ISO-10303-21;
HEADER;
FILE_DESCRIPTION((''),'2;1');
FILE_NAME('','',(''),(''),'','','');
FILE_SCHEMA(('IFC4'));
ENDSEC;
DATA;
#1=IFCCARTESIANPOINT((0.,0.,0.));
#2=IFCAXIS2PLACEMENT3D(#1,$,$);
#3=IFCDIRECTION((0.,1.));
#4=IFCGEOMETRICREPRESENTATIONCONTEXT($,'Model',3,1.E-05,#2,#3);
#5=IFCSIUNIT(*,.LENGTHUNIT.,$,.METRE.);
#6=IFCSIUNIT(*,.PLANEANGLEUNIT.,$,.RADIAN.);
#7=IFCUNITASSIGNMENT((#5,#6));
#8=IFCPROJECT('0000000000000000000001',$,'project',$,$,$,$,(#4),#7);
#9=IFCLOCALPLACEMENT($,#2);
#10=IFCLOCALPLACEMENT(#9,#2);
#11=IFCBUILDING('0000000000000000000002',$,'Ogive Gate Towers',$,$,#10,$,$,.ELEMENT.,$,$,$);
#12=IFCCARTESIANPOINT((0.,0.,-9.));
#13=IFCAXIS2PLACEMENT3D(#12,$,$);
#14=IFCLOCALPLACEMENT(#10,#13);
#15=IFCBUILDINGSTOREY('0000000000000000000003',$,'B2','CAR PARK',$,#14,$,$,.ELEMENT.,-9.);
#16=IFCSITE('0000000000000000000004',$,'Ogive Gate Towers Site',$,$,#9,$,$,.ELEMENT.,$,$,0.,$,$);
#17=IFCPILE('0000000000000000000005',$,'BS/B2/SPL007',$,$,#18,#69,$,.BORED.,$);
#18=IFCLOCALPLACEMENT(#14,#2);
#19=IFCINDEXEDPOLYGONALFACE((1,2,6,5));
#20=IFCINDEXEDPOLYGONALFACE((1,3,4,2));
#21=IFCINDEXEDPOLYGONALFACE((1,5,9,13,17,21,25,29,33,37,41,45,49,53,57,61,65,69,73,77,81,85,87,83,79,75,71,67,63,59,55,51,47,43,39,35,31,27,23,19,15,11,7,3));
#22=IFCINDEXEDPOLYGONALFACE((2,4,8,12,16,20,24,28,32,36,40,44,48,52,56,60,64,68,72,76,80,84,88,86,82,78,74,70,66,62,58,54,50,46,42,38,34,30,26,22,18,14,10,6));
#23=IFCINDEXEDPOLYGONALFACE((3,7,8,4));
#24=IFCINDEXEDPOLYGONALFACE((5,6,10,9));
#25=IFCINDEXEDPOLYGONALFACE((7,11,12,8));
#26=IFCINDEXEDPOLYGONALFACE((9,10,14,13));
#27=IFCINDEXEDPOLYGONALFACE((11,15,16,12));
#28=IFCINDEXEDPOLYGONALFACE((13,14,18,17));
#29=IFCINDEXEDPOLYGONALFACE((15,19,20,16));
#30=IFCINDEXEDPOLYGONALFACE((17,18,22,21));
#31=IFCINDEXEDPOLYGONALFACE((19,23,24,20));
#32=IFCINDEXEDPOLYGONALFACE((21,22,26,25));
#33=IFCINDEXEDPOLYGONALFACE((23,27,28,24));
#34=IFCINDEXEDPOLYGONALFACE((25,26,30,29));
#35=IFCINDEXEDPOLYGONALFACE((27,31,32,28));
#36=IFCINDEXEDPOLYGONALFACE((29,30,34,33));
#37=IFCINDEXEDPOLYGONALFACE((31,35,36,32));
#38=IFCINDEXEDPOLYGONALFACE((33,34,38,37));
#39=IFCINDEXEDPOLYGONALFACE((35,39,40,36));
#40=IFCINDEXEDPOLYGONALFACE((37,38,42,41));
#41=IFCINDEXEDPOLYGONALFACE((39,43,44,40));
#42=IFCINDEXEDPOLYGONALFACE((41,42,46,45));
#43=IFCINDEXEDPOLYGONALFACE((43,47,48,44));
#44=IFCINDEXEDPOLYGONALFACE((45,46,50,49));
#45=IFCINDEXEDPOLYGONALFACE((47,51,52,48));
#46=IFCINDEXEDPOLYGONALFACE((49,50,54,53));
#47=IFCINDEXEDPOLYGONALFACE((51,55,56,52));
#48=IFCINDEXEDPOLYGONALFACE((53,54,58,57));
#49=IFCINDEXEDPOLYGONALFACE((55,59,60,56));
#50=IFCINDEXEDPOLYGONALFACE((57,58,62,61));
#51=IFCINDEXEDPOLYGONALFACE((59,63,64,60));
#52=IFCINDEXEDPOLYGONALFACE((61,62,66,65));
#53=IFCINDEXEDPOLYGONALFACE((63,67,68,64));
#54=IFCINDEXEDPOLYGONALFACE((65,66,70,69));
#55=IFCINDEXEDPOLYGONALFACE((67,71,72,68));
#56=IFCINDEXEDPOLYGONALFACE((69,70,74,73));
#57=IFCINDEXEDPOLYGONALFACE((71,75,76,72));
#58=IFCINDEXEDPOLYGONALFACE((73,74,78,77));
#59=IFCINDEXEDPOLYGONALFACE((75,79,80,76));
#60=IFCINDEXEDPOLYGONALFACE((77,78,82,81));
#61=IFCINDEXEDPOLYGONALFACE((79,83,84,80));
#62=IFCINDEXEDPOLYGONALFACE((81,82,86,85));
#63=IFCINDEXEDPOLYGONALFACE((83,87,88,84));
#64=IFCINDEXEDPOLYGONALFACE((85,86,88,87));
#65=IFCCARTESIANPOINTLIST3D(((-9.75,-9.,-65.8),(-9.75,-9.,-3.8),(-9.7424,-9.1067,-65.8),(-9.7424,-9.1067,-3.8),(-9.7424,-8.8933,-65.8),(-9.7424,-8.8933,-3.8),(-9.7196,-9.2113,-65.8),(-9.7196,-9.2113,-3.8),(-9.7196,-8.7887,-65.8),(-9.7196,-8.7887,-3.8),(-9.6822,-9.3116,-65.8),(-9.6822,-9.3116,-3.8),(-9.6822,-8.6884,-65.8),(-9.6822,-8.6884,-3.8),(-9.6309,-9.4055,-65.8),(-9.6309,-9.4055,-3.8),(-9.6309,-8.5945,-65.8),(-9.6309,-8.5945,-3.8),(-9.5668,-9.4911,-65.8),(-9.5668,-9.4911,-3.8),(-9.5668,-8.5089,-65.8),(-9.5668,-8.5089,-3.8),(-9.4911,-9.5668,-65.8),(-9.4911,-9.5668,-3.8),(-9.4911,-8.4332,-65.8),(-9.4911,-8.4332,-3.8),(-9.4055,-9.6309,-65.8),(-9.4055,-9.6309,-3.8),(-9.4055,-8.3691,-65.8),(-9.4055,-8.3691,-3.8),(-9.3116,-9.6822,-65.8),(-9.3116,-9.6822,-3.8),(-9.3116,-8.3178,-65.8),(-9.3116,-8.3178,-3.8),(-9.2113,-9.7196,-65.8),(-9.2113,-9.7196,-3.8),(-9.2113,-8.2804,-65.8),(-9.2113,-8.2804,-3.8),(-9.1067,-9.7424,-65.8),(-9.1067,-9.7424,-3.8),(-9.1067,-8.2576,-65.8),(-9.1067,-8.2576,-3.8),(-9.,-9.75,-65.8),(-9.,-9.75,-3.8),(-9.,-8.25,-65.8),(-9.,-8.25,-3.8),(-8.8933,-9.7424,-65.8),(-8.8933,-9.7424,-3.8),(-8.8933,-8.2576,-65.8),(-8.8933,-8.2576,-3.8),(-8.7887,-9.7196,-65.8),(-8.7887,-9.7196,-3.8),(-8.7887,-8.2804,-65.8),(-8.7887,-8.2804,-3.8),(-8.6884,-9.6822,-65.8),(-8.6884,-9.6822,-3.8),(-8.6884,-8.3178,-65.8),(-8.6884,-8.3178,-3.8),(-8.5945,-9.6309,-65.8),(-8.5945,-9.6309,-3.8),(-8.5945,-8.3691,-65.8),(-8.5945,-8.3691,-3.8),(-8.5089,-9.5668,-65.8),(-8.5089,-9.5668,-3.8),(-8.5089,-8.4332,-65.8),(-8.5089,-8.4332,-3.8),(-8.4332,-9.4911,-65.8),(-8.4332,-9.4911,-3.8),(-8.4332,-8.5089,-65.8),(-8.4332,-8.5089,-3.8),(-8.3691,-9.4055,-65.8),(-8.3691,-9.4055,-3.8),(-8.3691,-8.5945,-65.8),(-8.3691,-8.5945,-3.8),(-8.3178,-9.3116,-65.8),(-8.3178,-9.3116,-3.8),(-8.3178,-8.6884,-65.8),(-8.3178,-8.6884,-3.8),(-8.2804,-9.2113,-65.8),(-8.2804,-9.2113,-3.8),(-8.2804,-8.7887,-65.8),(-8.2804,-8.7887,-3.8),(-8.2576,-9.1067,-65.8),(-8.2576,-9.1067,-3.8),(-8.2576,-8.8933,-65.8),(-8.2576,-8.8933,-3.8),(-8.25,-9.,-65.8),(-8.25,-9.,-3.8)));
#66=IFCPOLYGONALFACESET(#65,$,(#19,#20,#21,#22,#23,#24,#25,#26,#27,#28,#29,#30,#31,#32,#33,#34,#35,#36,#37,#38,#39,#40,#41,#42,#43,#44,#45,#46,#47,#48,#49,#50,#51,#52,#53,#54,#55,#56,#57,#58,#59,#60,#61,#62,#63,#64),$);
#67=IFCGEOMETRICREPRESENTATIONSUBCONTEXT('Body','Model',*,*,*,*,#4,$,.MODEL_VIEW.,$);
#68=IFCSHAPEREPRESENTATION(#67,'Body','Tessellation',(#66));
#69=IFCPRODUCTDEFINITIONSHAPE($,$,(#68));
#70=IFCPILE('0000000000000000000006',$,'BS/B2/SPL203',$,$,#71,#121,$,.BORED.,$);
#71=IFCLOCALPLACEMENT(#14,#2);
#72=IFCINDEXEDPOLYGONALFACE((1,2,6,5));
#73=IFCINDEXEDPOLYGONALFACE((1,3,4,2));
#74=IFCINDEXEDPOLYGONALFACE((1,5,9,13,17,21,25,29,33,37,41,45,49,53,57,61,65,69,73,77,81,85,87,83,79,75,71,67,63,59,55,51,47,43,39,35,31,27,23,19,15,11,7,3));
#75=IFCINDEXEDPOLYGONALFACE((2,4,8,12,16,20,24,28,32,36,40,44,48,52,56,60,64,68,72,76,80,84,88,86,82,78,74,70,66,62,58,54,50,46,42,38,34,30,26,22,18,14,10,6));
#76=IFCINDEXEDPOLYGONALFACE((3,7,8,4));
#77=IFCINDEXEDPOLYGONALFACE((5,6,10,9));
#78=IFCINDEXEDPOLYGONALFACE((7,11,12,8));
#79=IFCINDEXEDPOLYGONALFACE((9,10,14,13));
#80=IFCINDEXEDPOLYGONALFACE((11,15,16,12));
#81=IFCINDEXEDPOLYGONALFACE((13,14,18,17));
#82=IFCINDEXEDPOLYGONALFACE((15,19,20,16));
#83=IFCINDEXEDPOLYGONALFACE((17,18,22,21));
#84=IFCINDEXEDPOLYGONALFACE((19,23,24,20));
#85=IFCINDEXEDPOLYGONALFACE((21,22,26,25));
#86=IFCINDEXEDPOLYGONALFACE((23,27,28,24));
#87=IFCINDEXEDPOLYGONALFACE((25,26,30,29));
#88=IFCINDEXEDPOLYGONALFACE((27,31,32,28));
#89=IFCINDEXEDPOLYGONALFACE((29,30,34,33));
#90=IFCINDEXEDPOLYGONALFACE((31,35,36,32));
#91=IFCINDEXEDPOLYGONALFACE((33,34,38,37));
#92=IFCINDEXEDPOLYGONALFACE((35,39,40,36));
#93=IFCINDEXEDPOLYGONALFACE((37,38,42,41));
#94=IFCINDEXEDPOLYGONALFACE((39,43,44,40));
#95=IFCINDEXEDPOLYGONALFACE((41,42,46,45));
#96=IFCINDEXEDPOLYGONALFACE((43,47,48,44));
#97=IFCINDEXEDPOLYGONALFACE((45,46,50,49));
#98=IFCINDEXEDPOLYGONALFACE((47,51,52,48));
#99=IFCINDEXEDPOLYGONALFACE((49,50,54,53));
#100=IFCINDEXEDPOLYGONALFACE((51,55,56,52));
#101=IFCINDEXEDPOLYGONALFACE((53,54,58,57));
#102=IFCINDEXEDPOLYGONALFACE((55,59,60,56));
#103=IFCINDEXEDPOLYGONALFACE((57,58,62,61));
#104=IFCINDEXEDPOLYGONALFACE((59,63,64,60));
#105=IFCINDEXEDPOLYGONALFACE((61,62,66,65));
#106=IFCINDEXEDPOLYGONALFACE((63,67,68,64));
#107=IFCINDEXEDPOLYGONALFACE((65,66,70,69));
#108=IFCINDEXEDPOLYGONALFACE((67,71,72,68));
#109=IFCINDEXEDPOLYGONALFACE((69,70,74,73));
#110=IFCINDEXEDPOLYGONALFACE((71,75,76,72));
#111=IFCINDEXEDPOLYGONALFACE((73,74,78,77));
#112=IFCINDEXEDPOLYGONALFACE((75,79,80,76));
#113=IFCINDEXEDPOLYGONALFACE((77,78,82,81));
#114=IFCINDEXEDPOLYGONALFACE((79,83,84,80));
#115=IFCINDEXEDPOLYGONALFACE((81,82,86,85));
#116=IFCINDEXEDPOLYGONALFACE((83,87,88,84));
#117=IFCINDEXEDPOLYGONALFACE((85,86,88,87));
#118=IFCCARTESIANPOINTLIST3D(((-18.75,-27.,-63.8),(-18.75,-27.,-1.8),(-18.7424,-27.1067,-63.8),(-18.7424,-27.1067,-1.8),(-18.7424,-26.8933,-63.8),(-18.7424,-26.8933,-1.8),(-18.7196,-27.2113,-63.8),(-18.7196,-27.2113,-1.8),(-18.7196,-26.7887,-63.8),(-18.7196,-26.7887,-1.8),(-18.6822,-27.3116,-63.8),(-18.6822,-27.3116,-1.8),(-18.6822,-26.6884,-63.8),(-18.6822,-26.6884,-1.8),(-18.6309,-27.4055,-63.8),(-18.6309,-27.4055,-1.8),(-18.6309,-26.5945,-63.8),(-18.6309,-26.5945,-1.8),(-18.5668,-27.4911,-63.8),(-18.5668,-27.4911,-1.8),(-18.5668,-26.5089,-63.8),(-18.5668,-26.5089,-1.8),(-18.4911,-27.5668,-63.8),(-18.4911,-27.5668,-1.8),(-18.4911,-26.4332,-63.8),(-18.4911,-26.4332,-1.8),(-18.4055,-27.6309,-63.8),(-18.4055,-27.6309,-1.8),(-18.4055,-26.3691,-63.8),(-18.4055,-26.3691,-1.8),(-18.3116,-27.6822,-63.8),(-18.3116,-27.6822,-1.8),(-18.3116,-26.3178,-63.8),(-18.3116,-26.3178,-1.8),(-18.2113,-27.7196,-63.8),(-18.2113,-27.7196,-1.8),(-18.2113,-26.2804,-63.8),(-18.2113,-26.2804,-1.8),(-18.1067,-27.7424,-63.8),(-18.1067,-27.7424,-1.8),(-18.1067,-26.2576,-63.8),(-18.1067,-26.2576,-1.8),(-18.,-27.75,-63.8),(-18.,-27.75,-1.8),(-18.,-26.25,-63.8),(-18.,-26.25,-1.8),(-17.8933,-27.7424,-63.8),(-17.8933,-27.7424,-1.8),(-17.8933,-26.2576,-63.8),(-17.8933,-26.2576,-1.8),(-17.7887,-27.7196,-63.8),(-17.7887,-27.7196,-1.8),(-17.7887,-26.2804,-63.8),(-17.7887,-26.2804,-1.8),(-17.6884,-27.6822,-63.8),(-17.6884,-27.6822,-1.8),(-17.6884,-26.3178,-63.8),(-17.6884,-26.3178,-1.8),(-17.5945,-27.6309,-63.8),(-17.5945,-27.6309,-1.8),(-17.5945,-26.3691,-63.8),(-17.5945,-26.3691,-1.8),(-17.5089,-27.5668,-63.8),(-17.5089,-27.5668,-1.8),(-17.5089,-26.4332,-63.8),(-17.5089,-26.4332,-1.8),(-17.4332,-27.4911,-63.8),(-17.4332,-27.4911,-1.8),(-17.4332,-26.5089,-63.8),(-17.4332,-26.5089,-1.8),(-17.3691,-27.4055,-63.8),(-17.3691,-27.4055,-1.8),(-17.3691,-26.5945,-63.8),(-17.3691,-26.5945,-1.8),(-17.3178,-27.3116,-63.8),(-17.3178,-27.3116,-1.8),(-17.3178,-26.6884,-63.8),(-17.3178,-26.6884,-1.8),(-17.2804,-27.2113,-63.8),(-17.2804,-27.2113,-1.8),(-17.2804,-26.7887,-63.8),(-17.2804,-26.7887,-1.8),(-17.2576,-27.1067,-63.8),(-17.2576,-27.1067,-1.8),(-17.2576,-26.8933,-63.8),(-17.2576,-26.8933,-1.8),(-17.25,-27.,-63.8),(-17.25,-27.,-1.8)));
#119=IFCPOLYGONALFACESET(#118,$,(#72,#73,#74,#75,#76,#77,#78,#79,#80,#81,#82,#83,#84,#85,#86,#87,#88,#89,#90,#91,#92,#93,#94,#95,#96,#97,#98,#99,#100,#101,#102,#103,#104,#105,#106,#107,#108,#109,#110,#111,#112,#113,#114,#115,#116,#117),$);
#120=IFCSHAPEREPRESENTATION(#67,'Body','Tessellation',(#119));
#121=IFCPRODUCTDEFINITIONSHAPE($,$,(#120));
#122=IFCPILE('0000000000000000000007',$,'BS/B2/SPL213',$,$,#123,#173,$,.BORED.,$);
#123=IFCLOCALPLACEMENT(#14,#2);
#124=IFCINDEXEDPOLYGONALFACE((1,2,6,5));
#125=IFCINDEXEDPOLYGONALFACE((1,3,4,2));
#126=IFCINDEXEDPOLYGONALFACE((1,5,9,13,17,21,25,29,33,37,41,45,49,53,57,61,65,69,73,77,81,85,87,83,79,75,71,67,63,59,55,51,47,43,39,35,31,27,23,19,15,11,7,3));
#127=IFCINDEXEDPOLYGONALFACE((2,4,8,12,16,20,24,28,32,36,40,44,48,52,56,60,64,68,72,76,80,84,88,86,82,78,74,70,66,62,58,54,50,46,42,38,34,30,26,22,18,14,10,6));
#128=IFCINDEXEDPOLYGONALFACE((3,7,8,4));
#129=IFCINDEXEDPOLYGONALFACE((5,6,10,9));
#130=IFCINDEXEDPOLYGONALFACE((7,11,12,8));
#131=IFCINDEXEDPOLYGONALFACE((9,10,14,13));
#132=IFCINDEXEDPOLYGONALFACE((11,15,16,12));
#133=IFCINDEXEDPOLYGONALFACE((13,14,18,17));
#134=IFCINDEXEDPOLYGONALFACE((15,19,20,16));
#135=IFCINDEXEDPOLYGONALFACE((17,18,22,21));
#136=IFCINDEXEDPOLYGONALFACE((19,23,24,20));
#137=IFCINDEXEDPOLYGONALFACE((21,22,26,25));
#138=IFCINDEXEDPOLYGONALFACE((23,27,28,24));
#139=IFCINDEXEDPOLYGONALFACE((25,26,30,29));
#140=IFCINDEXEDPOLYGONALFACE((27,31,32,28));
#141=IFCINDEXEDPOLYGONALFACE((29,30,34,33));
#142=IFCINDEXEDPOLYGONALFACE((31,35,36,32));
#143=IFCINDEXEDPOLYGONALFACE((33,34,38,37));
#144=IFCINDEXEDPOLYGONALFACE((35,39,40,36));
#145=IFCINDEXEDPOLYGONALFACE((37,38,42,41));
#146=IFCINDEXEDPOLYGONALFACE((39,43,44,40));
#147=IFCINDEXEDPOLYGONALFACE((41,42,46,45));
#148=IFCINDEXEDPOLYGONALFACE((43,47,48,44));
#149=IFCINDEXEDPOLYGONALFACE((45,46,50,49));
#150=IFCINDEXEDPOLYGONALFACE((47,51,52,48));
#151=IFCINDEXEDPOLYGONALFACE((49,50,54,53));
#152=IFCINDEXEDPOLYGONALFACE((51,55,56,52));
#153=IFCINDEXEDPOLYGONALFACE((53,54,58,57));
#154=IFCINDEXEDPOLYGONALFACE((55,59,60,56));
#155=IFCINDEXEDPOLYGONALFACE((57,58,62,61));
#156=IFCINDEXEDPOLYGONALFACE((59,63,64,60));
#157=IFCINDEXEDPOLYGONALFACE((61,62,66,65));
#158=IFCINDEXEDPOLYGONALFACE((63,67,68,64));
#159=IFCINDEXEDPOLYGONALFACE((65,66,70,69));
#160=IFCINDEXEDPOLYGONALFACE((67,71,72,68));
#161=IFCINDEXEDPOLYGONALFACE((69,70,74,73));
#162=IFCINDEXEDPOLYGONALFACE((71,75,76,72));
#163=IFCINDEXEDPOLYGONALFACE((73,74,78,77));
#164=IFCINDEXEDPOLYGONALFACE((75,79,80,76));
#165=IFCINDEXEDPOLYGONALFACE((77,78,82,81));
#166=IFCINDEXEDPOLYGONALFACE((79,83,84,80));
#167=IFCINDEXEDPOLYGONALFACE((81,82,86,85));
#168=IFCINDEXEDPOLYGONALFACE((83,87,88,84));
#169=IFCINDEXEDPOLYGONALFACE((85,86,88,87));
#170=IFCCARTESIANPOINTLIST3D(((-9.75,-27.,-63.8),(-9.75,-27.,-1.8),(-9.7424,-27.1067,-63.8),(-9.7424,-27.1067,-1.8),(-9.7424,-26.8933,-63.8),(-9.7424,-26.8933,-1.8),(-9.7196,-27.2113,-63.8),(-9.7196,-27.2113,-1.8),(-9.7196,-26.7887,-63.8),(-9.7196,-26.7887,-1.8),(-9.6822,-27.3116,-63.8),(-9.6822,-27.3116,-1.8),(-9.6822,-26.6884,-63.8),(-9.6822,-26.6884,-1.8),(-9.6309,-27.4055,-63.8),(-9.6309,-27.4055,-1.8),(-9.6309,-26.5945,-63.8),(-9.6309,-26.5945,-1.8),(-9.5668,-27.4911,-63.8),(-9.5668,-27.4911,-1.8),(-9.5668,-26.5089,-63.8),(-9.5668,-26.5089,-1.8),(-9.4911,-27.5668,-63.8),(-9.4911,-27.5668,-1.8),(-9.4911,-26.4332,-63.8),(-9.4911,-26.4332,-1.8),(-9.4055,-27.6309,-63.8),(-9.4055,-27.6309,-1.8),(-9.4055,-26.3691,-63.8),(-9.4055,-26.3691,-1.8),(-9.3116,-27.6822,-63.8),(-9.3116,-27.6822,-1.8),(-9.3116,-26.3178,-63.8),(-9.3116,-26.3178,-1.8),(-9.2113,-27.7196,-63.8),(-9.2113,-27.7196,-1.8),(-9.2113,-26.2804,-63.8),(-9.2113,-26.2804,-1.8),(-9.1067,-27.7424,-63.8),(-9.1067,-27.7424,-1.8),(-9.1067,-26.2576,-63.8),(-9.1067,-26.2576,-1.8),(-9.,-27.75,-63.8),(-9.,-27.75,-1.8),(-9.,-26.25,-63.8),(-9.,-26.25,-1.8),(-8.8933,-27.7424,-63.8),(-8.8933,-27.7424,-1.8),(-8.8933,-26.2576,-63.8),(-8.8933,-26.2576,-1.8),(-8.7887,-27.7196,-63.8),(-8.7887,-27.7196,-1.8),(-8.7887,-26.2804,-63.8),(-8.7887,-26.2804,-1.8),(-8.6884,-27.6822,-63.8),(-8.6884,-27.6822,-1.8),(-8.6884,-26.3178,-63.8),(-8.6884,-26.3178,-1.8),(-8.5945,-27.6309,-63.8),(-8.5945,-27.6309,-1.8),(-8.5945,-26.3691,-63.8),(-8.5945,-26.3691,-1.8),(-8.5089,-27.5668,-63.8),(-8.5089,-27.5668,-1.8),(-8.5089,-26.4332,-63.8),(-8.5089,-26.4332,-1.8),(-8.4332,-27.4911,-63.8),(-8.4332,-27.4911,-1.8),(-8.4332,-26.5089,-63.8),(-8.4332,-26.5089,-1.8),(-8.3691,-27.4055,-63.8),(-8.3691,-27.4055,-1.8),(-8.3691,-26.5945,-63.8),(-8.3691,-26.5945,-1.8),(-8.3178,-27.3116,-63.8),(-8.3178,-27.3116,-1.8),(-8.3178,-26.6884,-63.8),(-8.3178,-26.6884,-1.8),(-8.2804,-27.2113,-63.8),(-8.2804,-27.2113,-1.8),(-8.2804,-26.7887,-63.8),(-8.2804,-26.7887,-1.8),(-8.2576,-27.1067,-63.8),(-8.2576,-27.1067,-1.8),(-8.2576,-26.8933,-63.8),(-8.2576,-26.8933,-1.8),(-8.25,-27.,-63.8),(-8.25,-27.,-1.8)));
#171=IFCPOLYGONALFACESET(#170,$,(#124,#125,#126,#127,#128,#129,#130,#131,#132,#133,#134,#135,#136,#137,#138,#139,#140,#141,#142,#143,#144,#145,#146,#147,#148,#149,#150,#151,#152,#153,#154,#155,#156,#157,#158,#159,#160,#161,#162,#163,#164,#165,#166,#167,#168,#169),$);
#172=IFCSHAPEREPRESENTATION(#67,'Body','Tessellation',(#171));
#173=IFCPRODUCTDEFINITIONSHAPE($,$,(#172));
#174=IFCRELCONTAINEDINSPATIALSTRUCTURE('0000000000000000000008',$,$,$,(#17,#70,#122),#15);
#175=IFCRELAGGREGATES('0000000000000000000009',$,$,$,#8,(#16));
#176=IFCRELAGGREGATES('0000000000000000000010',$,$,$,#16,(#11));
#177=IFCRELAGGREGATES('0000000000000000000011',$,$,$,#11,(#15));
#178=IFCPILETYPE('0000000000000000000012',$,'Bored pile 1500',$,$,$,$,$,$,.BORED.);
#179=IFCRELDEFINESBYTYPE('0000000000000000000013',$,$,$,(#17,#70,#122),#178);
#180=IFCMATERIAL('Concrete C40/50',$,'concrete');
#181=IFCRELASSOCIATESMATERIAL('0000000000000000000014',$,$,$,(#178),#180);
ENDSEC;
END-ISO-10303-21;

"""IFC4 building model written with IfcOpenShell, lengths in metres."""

from ifc_helpers import new_model, si_unit, direction, frame, origin, origin_2d, place, context, subcontext, project, spatial, circle, extrude, material, material_profile, profile_set, type_object, element, save


model = new_model("IFC4")

# Units and contexts
model_context = context("Model", 3, precision=1e-05, world=origin(), true_north=direction((0.0, 1.0)))
body_context = subcontext(model_context, "Body", "Model", "MODEL_VIEW")
ifc_project = project(units=[si_unit("LENGTHUNIT", "METRE"), si_unit("PLANEANGLEUNIT", "RADIAN")], contexts=[model_context])

# Site, building, storey
site_placement = place(None, origin())
site = spatial("IfcSite", under=ifc_project, at=site_placement, Name="Ogive Gate Towers Site", CompositionType="ELEMENT", RefElevation=0.0)
building_placement = place(site_placement, origin())
building = spatial("IfcBuilding", under=site, at=building_placement, Name="Ogive Gate Towers", CompositionType="ELEMENT")
storey_placement = place(building_placement, frame((0.0, 0.0, -9.0)))
storey = spatial("IfcBuildingStorey", under=building, at=storey_placement, Name="B2", Description="CAR PARK", CompositionType="ELEMENT", Elevation=-9.0)

# Shared definitions
ifc_material_1 = material(Name="Concrete C40/50", Category="concrete")

# Piles
ifc_material_profile_1 = material_profile(ifc_material_1, circle(Radius=0.75, at=origin_2d()), Name="BP 1500")
ifc_profile_set_1 = profile_set([ifc_material_profile_1], Name="Concrete C40/50")
pile_type = type_object("IfcPileType", Name="Bored pile 1500", PredefinedType="BORED", material=ifc_profile_set_1)
for number, where, z_axis, x_axis, name in (
    (1, (-9.0, -9.0, -3.8), (0.0, 0.0, -1.0), (1.0, 0.0, 0.0), "BS/B2/SPL007"),
    (2, (-18.0, -27.0, -1.8), (0.0, 0.0, -1.0), (1.0, 0.0, 0.0), "BS/B2/SPL203"),
    (3, (-9.0, -27.0, -1.8), (0.0, 0.0, -1.0), (1.0, 0.0, 0.0), "BS/B2/SPL213"),
):
    element("IfcPile", number, at=place(storey_placement, frame(where, z_axis=z_axis, x_axis=x_axis)), inside=storey, type_object=pile_type, Name=name, PredefinedType="BORED", context=body_context, shape_type="SweptSolid", body=[
        extrude(circle(Radius=0.75, at=origin_2d()), origin(), (0.0, 0.0, 1.0), 62.0),
    ])

save(model, "model.ifc")
